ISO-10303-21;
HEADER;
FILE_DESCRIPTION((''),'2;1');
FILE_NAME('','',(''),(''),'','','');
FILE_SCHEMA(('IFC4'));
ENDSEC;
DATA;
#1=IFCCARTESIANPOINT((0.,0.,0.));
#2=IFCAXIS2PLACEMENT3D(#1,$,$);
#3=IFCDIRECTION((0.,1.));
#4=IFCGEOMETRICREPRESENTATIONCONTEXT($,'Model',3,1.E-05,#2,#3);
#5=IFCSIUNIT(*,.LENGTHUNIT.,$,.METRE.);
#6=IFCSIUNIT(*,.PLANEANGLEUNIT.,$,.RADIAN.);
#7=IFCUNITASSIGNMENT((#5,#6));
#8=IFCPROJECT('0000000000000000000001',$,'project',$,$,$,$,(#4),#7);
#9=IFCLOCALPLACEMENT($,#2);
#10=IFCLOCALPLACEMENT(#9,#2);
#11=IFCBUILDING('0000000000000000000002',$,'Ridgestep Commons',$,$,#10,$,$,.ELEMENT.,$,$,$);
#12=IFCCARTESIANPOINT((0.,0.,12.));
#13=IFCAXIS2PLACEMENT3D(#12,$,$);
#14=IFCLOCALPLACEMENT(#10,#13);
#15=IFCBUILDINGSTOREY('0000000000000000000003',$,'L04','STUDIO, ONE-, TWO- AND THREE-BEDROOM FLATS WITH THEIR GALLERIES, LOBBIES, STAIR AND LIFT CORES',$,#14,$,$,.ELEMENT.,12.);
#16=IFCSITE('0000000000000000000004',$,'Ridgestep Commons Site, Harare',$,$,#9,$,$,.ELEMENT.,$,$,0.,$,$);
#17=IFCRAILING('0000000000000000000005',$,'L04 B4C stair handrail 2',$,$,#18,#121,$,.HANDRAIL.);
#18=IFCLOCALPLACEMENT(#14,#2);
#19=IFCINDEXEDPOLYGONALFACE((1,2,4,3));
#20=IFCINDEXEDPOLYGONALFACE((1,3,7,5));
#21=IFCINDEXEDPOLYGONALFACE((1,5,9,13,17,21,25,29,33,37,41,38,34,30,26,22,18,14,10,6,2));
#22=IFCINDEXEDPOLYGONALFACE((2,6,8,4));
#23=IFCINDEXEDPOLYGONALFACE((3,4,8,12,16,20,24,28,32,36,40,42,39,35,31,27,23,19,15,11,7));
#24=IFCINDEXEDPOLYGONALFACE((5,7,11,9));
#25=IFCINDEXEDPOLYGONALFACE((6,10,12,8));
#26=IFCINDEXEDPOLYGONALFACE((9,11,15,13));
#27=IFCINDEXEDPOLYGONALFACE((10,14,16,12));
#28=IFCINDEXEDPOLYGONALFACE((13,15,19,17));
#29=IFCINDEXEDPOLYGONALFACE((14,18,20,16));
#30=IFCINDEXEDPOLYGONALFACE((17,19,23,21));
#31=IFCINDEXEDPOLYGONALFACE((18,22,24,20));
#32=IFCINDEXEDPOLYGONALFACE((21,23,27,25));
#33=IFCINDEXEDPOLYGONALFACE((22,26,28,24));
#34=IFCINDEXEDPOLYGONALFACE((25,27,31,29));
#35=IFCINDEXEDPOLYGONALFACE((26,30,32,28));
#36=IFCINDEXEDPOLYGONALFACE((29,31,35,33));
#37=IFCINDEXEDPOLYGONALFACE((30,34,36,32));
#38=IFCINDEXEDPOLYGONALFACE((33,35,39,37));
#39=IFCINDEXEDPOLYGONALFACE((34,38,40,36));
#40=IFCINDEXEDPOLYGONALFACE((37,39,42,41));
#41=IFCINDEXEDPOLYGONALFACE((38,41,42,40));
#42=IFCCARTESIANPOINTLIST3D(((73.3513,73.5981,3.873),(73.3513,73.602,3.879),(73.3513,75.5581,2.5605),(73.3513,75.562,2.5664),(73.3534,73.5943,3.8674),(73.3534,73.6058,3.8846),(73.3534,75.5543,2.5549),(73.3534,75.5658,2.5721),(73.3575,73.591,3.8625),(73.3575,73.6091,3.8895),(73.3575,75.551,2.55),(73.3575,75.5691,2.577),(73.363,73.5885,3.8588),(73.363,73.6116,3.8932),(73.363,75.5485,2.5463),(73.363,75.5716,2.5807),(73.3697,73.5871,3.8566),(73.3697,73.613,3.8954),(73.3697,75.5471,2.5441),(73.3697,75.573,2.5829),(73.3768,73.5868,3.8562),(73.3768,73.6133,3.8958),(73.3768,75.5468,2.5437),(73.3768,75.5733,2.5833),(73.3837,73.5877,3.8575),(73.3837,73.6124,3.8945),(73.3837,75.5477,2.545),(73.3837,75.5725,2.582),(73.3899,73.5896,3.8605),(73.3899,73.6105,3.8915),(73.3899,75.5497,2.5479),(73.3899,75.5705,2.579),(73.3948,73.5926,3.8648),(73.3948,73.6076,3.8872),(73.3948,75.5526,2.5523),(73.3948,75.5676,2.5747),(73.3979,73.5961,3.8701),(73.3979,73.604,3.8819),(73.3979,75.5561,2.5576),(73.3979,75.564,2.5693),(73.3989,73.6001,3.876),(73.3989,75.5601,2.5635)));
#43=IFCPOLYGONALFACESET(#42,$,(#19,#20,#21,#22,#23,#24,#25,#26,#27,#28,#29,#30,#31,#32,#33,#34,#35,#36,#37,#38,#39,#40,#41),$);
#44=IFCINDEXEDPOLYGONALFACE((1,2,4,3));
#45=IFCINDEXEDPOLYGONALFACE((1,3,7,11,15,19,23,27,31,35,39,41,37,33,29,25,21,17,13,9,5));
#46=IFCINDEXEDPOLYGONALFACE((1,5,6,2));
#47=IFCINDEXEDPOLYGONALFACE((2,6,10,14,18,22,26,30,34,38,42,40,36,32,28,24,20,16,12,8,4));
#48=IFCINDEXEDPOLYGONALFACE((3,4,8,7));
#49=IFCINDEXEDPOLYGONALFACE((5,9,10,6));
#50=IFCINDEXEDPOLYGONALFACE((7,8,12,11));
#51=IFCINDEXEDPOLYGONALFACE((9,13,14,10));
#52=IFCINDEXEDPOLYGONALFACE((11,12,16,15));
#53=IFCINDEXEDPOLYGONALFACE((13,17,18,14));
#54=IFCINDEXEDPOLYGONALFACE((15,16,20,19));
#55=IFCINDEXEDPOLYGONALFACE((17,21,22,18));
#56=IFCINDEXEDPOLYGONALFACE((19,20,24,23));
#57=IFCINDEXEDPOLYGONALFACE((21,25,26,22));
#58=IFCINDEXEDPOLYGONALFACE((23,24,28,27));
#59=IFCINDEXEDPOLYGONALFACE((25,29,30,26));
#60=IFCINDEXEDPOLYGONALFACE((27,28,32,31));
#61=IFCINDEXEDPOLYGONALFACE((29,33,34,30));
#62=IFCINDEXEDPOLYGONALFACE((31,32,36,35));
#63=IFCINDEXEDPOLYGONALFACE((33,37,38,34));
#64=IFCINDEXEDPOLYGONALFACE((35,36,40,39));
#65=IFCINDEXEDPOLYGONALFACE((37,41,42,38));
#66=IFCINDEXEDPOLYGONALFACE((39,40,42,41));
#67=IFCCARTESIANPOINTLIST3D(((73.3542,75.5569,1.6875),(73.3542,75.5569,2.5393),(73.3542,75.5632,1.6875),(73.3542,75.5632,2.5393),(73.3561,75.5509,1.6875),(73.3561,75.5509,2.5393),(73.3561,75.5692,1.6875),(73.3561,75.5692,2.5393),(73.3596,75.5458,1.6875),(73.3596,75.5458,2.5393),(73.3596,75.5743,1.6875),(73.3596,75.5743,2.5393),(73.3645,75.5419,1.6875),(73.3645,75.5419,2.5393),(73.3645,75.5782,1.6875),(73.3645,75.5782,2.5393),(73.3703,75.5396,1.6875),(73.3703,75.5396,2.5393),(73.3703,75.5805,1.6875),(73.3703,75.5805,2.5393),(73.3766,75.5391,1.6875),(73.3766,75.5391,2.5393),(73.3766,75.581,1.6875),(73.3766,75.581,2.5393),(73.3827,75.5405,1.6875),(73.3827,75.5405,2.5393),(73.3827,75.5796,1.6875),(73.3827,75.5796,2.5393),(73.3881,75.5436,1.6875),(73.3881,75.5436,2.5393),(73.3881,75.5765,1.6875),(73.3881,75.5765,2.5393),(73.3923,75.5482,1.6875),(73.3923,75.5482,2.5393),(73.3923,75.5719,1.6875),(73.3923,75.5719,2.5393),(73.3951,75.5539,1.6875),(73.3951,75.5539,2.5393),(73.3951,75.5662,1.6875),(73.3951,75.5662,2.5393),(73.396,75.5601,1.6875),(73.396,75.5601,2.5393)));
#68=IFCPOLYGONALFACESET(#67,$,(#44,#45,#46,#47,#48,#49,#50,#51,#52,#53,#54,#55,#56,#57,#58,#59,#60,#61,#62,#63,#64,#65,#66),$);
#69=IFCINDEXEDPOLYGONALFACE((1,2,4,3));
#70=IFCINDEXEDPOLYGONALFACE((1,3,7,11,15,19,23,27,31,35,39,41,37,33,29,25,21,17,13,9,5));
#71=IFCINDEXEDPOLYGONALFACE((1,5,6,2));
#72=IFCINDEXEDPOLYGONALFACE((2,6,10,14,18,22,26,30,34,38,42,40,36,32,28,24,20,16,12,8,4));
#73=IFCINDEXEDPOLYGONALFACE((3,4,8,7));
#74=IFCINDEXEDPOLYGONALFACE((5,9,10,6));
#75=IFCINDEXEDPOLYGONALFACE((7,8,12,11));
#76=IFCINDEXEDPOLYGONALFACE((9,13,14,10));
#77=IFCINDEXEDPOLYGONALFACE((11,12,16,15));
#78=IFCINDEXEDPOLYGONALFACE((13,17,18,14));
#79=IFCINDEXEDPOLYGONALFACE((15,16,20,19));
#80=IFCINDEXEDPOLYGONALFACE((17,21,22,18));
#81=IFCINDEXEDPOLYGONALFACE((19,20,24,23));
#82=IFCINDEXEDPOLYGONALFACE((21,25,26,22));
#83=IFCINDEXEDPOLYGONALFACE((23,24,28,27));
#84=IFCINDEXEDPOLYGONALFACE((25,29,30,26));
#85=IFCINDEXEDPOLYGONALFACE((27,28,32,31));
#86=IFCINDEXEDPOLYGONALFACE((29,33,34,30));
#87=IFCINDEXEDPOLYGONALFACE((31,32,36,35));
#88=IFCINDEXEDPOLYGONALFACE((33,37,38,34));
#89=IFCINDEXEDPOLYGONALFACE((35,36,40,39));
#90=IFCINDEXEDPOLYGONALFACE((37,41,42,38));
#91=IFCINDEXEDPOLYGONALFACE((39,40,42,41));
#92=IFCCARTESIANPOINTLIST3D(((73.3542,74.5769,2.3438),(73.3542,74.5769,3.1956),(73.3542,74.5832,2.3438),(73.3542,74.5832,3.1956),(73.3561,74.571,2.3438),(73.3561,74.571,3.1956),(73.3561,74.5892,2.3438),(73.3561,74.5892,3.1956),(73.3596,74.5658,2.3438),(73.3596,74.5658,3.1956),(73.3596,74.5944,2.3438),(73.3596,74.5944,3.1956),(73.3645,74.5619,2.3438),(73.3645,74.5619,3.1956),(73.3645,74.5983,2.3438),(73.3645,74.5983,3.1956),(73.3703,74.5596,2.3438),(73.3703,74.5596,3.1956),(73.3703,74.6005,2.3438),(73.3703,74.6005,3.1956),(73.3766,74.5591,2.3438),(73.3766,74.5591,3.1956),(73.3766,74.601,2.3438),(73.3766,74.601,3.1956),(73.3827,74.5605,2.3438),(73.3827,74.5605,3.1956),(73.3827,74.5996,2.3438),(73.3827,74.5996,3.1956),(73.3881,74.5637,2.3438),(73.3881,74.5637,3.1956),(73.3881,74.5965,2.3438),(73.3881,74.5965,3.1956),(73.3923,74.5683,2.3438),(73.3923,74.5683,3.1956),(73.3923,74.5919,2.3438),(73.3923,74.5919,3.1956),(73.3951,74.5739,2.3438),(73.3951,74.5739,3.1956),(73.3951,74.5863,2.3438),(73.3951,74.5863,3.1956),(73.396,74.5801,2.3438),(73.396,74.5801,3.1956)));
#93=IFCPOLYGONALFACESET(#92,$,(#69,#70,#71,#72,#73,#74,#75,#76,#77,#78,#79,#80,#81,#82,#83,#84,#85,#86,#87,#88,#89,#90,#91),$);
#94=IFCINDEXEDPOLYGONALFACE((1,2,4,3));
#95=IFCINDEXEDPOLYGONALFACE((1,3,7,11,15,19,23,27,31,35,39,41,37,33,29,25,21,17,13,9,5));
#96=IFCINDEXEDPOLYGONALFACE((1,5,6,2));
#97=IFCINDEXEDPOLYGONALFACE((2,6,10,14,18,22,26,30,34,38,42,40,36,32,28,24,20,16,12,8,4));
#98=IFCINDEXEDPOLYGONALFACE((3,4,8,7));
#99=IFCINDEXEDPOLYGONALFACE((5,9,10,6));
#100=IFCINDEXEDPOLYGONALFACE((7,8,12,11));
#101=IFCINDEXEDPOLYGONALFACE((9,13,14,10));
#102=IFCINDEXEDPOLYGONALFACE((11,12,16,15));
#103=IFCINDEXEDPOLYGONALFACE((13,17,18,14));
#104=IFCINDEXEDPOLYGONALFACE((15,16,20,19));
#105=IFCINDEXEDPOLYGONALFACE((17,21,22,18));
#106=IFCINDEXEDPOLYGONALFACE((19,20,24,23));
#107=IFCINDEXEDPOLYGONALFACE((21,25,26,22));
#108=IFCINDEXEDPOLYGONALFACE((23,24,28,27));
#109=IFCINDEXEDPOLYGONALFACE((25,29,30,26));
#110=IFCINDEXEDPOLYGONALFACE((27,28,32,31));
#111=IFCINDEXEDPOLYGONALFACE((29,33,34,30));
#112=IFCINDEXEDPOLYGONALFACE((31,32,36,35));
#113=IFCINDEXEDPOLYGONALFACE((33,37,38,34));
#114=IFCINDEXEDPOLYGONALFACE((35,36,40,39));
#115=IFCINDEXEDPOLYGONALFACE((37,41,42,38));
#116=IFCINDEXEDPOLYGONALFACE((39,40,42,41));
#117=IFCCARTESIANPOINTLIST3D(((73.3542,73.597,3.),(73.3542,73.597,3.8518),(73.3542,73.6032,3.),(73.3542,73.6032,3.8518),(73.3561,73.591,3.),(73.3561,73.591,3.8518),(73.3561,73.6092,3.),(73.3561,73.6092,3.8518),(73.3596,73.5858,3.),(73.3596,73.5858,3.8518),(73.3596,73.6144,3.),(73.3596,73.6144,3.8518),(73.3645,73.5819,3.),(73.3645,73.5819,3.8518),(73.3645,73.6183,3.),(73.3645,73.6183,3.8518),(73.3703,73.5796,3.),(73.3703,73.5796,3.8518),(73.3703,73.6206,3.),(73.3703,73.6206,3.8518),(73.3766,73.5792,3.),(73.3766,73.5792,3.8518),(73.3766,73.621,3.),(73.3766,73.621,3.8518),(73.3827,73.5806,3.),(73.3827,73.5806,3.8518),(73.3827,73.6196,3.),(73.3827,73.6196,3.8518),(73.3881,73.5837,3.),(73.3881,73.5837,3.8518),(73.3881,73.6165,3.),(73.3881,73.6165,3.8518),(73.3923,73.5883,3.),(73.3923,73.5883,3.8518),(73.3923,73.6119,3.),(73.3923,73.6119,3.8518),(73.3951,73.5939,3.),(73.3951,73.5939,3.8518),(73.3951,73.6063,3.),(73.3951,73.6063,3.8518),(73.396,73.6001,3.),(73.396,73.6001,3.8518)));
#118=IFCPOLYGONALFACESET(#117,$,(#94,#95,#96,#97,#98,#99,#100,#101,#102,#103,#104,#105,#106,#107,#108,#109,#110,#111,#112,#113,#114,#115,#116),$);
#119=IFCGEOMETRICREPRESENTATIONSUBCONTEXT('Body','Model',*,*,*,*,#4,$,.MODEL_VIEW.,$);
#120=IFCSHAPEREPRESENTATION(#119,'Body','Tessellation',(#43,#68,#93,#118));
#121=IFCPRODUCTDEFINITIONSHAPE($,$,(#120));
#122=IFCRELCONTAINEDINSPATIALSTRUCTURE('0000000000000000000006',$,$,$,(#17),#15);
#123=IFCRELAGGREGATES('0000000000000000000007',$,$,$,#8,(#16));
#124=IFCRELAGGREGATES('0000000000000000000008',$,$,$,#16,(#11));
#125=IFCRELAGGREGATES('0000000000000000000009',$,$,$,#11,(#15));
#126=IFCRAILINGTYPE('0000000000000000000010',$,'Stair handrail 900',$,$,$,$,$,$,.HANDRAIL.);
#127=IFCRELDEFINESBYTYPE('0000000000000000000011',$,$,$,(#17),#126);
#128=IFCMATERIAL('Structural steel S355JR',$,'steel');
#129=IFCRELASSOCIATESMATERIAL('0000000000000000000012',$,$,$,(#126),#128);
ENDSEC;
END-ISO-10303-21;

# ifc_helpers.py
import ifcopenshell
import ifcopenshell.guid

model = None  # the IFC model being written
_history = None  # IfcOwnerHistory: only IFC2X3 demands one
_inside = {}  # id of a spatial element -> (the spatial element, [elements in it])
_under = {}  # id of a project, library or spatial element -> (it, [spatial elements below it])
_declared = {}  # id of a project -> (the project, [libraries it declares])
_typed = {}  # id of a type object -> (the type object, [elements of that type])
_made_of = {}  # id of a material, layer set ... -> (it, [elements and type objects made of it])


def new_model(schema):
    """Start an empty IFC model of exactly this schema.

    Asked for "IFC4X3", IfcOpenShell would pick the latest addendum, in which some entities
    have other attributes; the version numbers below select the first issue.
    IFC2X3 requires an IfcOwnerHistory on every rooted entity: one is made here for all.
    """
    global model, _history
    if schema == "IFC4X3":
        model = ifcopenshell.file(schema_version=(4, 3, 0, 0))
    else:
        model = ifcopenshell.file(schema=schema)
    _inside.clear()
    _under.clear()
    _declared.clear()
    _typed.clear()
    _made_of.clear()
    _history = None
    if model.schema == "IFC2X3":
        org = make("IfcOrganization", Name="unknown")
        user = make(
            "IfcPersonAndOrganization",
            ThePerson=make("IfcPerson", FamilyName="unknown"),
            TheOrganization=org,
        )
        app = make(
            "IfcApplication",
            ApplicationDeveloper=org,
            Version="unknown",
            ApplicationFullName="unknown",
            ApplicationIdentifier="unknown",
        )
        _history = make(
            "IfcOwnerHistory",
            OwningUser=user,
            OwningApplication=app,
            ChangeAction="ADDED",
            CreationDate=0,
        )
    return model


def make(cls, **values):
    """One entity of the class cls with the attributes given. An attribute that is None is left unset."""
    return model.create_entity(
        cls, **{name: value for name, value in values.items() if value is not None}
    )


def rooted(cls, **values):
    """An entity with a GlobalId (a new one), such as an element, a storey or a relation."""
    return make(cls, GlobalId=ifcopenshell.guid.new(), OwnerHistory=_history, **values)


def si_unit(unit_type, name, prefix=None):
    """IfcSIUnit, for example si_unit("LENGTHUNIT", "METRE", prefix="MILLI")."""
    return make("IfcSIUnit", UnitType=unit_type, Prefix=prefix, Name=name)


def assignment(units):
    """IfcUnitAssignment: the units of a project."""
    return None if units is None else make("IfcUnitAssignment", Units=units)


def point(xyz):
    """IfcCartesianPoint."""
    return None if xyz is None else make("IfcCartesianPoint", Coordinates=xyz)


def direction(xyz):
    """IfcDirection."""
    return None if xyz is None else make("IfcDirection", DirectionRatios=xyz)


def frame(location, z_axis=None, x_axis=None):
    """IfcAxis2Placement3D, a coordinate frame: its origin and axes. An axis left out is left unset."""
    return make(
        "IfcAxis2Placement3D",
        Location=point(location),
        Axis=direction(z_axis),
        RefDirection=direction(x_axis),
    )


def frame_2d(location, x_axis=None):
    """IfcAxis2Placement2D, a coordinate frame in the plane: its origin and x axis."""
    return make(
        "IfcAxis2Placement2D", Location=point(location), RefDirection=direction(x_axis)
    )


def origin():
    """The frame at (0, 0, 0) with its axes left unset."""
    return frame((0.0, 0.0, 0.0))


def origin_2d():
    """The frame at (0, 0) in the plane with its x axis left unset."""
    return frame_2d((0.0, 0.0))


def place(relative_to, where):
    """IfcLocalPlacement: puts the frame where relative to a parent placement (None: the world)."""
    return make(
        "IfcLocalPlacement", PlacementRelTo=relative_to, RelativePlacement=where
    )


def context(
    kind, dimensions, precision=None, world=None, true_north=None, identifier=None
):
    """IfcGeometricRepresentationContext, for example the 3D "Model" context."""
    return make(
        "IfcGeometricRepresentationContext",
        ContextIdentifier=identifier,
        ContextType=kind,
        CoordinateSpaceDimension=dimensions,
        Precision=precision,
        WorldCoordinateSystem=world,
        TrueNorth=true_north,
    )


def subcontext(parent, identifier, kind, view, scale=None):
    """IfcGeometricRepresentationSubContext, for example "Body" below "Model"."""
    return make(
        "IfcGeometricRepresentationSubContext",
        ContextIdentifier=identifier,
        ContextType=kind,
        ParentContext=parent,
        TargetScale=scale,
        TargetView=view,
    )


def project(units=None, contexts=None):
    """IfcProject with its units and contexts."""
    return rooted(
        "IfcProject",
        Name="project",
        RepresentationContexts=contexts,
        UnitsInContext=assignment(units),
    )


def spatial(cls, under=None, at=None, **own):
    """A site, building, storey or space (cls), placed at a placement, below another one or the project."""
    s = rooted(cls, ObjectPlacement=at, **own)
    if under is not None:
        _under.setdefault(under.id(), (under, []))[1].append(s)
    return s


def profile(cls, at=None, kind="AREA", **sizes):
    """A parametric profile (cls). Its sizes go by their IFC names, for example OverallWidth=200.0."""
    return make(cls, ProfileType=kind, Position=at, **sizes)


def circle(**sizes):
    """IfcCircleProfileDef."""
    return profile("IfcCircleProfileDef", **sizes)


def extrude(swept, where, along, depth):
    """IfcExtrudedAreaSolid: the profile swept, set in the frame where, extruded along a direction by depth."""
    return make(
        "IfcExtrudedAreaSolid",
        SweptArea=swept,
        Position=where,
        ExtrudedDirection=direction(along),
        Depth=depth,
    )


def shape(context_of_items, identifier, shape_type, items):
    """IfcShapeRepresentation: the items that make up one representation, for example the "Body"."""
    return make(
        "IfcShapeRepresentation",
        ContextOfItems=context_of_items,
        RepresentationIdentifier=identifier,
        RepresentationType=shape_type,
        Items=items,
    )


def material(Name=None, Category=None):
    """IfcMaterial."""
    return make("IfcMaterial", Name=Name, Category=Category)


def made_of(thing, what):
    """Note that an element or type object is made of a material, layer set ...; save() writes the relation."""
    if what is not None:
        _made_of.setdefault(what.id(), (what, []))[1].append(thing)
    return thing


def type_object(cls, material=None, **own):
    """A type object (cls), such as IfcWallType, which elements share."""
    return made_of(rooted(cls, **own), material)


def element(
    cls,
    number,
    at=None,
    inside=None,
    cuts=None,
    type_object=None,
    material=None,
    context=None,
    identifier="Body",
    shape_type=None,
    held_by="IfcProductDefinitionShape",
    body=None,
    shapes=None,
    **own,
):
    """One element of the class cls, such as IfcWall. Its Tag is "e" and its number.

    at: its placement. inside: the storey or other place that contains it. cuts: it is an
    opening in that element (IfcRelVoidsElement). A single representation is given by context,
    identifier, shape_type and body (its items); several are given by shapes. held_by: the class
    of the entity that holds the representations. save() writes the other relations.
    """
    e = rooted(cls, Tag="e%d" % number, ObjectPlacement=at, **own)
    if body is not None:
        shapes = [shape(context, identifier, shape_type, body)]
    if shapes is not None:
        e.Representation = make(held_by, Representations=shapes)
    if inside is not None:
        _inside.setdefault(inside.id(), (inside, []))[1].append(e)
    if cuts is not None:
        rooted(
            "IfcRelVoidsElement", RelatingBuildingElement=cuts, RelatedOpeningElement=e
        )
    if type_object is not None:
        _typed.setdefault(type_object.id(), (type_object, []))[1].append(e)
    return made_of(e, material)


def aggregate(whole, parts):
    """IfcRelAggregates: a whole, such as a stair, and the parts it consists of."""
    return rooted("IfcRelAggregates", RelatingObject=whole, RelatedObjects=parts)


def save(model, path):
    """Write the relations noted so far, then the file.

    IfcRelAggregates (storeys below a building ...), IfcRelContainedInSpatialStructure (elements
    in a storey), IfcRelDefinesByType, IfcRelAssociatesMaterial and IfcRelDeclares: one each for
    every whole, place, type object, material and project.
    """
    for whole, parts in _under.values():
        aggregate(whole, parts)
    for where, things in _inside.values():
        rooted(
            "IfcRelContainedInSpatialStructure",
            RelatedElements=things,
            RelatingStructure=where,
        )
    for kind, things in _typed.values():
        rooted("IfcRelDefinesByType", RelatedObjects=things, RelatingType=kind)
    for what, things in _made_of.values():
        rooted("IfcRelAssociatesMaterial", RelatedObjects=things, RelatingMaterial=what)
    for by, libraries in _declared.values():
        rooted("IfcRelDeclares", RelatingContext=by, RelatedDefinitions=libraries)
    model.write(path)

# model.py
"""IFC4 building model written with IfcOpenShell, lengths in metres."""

from ifc_helpers import new_model, si_unit, direction, frame, origin, origin_2d, place, context, subcontext, project, spatial, circle, extrude, material, type_object, element, save


model = new_model("IFC4")

# Units and contexts
model_context = context("Model", 3, precision=1e-05, world=origin(), true_north=direction((0.0, 1.0)))
body_context = subcontext(model_context, "Body", "Model", "MODEL_VIEW")
ifc_project = project(units=[si_unit("LENGTHUNIT", "METRE"), si_unit("PLANEANGLEUNIT", "RADIAN")], contexts=[model_context])

# Site, building, storey
site_placement = place(None, origin())
site = spatial("IfcSite", under=ifc_project, at=site_placement, Name="Ridgestep Commons Site, Harare", CompositionType="ELEMENT", RefElevation=0.0)
building_placement = place(site_placement, origin())
building = spatial("IfcBuilding", under=site, at=building_placement, Name="Ridgestep Commons", CompositionType="ELEMENT")
storey_placement = place(building_placement, frame((0.0, 0.0, 12.0)))
storey = spatial("IfcBuildingStorey", under=building, at=storey_placement, Name="L04", Description="STUDIO, ONE-, TWO- AND THREE-BEDROOM FLATS WITH THEIR GALLERIES, LOBBIES, STAIR AND LIFT CORES", CompositionType="ELEMENT", Elevation=12.0)

# Railing
ifc_material_1 = material(Name="Structural steel S355JR", Category="steel")
railing_type_1 = type_object("IfcRailingType", Name="Stair handrail 900", PredefinedType="HANDRAIL", material=ifc_material_1)
railing_1_placement = place(storey_placement, frame((73.375, 75.5601, 1.6875)))
element("IfcRailing", 1, at=railing_1_placement, inside=storey, type_object=railing_type_1, Name="L04 B4C stair handrail 2", PredefinedType="HANDRAIL", context=body_context, shape_type="SweptSolid", body=[
    extrude(circle(Radius=0.0239, at=origin_2d()), frame((0.0, 0.0, 0.876), z_axis=(0.0, -0.830902, 0.556419), x_axis=(1.0, 0.0, 0.0)), (0.0, 0.0, 1.0), 2.3589),
    extrude(circle(Radius=0.021, at=origin_2d()), origin(), (0.0, 0.0, 1.0), 0.8518),
    extrude(circle(Radius=0.021, at=origin_2d()), frame((0.0, -0.98, 0.6562)), (0.0, 0.0, 1.0), 0.8518),
    extrude(circle(Radius=0.021, at=origin_2d()), frame((0.0, -1.96, 1.3125)), (0.0, 0.0, 1.0), 0.8518),
])

save(model, "model.ifc")
